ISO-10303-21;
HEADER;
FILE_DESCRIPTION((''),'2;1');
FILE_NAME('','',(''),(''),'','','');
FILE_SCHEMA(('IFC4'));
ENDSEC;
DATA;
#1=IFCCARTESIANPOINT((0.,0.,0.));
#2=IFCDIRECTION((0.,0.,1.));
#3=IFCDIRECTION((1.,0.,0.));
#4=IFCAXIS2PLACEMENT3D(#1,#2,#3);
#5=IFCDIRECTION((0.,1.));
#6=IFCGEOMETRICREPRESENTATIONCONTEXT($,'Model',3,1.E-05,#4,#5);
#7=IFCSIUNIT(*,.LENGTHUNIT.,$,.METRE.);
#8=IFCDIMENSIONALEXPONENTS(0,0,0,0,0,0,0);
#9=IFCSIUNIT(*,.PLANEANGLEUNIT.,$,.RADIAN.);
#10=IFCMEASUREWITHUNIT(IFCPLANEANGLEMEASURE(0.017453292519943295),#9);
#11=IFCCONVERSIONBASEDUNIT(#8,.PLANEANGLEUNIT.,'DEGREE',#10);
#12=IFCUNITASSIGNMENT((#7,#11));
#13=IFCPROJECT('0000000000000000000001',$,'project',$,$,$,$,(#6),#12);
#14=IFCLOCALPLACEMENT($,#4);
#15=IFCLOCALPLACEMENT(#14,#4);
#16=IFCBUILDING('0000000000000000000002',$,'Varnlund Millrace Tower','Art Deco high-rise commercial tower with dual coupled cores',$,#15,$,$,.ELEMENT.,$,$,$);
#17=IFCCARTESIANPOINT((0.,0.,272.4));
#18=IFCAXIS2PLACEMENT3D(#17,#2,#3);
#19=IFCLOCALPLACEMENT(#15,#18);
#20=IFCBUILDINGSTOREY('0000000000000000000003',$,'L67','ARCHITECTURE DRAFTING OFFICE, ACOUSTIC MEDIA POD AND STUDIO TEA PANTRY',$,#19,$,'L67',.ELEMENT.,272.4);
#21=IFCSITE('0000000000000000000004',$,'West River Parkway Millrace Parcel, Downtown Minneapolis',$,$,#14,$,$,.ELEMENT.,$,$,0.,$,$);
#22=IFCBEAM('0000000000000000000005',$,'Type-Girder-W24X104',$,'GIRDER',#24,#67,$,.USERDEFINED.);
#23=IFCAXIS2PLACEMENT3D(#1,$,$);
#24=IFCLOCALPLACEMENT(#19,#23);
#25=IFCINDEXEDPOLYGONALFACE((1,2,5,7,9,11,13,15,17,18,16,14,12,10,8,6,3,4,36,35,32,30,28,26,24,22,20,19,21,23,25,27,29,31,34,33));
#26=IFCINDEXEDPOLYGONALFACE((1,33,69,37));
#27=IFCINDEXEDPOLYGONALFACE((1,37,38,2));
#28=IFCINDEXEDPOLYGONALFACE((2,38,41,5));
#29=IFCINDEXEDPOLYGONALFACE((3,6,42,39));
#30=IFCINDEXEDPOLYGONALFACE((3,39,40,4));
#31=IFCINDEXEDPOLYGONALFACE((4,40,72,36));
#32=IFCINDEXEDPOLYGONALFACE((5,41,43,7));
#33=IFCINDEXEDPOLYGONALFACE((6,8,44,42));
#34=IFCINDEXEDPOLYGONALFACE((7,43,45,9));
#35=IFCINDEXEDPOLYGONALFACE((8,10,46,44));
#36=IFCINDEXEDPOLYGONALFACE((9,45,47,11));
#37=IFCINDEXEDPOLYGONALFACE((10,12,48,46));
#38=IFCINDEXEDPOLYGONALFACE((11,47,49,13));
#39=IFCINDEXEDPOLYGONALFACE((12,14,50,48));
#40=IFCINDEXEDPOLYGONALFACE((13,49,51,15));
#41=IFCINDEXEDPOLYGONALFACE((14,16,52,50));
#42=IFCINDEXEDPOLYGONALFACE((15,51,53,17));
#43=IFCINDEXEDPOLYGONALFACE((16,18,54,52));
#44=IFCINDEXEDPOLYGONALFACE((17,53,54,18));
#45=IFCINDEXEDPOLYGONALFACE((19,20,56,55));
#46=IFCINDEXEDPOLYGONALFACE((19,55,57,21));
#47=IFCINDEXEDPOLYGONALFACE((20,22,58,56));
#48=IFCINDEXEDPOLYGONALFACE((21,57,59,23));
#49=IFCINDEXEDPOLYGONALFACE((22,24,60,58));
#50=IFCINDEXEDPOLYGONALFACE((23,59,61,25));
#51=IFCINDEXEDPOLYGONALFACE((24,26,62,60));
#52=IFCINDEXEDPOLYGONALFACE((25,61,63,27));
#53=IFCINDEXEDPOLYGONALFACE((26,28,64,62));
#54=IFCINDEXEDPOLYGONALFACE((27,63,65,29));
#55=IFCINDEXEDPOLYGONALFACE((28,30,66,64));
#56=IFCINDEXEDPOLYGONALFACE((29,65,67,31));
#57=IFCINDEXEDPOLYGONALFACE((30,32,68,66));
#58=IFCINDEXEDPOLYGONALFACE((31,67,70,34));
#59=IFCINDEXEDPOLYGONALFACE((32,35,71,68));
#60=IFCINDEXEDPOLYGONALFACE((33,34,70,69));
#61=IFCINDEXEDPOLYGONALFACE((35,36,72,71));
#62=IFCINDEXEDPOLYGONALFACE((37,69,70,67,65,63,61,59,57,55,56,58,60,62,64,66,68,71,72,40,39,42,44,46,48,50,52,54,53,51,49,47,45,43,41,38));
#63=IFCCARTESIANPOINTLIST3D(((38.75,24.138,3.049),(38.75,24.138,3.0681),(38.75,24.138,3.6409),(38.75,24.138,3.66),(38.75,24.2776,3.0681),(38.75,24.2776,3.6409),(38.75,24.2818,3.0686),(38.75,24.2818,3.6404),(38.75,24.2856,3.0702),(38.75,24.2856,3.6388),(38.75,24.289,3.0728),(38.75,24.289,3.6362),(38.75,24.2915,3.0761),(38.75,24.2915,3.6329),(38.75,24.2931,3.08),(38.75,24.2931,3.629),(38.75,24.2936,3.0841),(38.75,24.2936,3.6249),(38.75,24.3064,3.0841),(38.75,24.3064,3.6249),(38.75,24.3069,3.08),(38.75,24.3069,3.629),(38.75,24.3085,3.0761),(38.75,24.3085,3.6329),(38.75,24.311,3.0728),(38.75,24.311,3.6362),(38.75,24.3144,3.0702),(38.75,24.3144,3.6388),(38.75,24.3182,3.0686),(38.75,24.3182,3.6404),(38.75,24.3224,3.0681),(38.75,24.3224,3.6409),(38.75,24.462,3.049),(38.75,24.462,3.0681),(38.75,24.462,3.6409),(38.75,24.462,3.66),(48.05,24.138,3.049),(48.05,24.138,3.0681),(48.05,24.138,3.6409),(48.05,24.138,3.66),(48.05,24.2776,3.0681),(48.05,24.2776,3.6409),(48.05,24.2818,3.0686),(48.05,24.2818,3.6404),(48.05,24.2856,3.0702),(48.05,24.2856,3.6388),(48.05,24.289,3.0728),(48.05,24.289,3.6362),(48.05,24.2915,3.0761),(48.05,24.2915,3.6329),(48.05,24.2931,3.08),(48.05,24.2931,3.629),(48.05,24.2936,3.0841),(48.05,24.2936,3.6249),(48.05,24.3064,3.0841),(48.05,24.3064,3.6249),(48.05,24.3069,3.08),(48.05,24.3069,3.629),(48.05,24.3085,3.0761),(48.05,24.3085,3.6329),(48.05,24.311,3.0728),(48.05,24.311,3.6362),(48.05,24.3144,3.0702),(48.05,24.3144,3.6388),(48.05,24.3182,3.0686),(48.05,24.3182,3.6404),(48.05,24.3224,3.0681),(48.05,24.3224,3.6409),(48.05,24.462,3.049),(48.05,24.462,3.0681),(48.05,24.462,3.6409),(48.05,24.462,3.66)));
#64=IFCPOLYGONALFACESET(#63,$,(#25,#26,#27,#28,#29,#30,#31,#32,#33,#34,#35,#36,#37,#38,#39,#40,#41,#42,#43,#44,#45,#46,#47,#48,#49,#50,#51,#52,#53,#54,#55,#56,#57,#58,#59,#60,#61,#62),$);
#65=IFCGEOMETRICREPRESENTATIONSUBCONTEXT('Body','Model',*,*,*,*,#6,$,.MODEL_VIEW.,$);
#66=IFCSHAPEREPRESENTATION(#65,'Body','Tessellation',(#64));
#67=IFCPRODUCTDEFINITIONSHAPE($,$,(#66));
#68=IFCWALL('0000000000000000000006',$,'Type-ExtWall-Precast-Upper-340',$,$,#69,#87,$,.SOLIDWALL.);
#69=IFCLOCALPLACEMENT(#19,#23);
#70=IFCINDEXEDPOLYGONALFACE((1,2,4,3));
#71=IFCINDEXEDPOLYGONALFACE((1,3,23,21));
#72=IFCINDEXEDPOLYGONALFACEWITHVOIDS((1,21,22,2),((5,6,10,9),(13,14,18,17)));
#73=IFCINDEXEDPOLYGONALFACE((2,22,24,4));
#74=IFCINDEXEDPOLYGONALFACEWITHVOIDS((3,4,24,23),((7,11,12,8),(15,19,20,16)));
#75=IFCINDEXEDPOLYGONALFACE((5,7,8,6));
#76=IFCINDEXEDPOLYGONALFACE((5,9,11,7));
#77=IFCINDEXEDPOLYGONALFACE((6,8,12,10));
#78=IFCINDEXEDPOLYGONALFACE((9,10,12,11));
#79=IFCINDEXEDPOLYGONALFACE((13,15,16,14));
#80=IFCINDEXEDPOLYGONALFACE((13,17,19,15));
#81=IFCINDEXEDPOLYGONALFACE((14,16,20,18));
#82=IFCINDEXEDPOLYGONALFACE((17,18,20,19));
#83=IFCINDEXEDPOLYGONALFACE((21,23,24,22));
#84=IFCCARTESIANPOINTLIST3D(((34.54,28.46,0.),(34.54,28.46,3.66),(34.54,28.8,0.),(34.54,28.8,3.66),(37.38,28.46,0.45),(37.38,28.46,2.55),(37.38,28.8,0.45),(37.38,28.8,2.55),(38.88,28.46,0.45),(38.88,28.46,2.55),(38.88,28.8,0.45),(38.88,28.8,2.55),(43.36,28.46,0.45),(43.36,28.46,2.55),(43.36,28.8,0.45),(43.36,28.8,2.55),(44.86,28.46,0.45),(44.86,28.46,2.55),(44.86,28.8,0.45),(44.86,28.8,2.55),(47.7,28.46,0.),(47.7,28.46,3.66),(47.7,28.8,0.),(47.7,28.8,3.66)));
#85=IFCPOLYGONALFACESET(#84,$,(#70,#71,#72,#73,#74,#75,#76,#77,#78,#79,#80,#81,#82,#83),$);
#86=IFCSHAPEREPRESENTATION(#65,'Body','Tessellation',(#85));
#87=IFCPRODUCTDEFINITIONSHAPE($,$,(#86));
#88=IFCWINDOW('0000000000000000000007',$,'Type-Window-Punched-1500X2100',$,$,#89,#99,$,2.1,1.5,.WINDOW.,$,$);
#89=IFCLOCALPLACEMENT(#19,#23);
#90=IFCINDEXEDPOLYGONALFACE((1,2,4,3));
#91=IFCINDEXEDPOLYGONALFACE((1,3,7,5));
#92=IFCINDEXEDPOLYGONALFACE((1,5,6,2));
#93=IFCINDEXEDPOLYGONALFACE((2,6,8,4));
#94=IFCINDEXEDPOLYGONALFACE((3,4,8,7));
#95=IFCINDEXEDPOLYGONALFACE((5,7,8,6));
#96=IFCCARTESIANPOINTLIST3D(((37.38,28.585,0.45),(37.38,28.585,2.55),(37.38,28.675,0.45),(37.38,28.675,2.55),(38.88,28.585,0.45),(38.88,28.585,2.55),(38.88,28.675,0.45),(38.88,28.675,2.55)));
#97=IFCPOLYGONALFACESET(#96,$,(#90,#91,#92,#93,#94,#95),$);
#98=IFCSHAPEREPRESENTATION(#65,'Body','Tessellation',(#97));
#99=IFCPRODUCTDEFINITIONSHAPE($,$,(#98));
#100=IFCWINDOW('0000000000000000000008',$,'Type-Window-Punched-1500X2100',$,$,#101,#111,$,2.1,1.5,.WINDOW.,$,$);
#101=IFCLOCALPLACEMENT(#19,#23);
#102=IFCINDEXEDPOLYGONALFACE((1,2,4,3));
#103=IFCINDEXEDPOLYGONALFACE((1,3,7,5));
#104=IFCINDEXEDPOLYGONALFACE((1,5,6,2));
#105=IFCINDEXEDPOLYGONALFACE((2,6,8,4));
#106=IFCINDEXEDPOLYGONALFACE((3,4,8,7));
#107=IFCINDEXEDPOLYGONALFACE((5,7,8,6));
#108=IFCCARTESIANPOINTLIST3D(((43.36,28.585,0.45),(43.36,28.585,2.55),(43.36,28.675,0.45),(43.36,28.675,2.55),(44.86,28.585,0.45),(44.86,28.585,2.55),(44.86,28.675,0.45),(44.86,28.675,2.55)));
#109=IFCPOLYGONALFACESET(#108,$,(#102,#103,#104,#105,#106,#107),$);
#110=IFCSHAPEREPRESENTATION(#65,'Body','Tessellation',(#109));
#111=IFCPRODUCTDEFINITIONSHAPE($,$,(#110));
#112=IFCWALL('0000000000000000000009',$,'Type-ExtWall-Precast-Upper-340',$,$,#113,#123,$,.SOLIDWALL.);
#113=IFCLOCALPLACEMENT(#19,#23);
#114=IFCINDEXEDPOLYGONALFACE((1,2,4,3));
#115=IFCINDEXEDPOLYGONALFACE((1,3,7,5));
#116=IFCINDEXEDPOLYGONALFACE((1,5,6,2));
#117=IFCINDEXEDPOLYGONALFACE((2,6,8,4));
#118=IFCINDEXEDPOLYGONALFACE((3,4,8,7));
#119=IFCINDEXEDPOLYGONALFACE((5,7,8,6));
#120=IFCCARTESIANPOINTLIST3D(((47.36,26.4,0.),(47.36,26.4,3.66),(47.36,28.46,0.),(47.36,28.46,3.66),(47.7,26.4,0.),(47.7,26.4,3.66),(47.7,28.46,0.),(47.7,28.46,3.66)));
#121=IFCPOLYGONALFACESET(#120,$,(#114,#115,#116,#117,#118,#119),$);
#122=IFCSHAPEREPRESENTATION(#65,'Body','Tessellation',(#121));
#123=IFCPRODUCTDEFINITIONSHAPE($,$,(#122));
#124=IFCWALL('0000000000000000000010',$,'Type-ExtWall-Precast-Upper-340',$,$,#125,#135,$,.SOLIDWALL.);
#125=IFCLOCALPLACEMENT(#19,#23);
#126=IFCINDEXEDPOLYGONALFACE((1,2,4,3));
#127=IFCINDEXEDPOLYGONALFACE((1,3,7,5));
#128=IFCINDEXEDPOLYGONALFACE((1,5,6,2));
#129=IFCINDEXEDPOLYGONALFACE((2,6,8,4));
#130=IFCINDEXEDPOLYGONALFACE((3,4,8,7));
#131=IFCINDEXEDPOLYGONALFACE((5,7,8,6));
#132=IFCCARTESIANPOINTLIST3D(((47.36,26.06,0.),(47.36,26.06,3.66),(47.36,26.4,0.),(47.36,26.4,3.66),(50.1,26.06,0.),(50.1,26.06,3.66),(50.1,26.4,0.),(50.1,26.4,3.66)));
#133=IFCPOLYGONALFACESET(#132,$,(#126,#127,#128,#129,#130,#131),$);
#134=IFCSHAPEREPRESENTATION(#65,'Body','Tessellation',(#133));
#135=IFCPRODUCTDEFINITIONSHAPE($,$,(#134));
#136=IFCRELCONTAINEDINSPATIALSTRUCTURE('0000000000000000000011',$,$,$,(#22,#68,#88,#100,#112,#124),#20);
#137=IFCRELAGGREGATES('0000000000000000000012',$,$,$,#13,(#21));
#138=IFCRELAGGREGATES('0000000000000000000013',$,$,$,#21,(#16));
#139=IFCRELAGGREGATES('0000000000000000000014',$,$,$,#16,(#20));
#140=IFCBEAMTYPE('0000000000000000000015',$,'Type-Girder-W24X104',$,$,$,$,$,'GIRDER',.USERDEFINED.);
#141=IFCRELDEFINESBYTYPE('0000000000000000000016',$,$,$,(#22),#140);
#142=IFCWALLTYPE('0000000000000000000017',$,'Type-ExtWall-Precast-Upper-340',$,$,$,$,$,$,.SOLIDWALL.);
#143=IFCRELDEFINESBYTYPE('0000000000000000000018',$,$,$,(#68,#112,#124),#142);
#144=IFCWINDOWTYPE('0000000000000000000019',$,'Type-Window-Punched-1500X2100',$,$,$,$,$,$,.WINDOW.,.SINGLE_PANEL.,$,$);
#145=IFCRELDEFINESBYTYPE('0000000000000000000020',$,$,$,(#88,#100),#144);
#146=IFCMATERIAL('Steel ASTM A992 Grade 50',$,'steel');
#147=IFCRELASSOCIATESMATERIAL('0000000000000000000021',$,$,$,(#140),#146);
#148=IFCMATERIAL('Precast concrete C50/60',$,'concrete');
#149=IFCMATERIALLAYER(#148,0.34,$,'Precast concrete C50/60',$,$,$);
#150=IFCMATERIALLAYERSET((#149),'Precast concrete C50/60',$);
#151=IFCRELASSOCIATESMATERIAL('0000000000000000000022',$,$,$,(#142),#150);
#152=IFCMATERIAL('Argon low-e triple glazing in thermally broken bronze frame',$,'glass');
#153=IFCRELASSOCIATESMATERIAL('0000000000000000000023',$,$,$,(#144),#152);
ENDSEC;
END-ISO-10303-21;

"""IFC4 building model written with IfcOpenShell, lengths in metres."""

from ifc_helpers import new_model, entity, si_unit, converted_unit, direction, frame, origin_with_axes, origin_2d_with_axis, place, context, subcontext, project, spatial, polyline, rectangle, i_section, outline, extrude, material, layer, layer_set, material_profile, profile_set, type_object, element, fill, save


model = new_model("IFC4")

# Units and contexts
model_context = context("Model", 3, precision=1e-05, world=origin_with_axes(), true_north=direction((0.0, 1.0)))
body_context = subcontext(model_context, "Body", "Model", "MODEL_VIEW")
ifc_project = project(units=[si_unit("LENGTHUNIT", "METRE"), converted_unit("PLANEANGLEUNIT", "DEGREE", entity("IfcPlaneAngleMeasure", 0.017453292519943295), si_unit("PLANEANGLEUNIT", "RADIAN"), dimensions=[0, 0, 0, 0, 0, 0, 0])], contexts=[model_context])

# Site, building, storey
site_placement = place(None, origin_with_axes())
site = spatial("IfcSite", under=ifc_project, at=site_placement, Name="West River Parkway Millrace Parcel, Downtown Minneapolis", CompositionType="ELEMENT", RefElevation=0.0)
building_placement = place(site_placement, origin_with_axes())
building = spatial("IfcBuilding", under=site, at=building_placement, Name="Varnlund Millrace Tower", Description="Art Deco high-rise commercial tower with dual coupled cores", CompositionType="ELEMENT")
storey_placement = place(building_placement, frame((0.0, 0.0, 272.4), z_axis=(0.0, 0.0, 1.0), x_axis=(1.0, 0.0, 0.0)))
storey = spatial("IfcBuildingStorey", under=building, at=storey_placement, Name="L67", Description="ARCHITECTURE DRAFTING OFFICE, ACOUSTIC MEDIA POD AND STUDIO TEA PANTRY", LongName="L67", CompositionType="ELEMENT", Elevation=272.4)

# Beam
ifc_material_1 = material(Name="Steel ASTM A992 Grade 50", Category="steel")
ifc_material_profile = material_profile(ifc_material_1, i_section(OverallWidth=0.324, OverallDepth=0.611, WebThickness=0.0127, FlangeThickness=0.0191, FilletRadius=0.016, at=origin_2d_with_axis()), Name="Steel ASTM A992 Grade 50")
ifc_profile_set = profile_set([ifc_material_profile], Name="Steel ASTM A992 Grade 50")
beam_type = type_object("IfcBeamType", Name="Type-Girder-W24X104", ElementType="GIRDER", PredefinedType="USERDEFINED", material=ifc_profile_set)
beam_placement = place(storey_placement, frame((38.75, 24.3, 3.3545), z_axis=(1.0, 0.0, 0.0), x_axis=(0.0, 1.0, 0.0)))
element("IfcBeam", 1, at=beam_placement, inside=storey, type_object=beam_type, Name="Type-Girder-W24X104", ObjectType="GIRDER", PredefinedType="USERDEFINED", context=body_context, shape_type="SweptSolid", body=[
    extrude(i_section(OverallWidth=0.324, OverallDepth=0.611, WebThickness=0.0127, FlangeThickness=0.0191, FilletRadius=0.016, at=origin_2d_with_axis()), origin_with_axes(), (0.0, 0.0, 1.0), 9.3),
])

# Wall, openings, windows
ifc_material_2 = material(Name="Precast concrete C50/60", Category="concrete")
ifc_layer_1 = layer(ifc_material_2, 0.34, Name="Precast concrete C50/60")
ifc_layer_set_1 = layer_set([ifc_layer_1], Name="Precast concrete C50/60")
wall_type_1 = type_object("IfcWallType", Name="Type-ExtWall-Precast-Upper-340", PredefinedType="SOLIDWALL", material=ifc_layer_set_1)
wall_1_placement = place(storey_placement, frame((34.54, 28.63, 0.0), z_axis=(0.0, 0.0, 1.0), x_axis=(1.0, 0.0, 0.0)))
wall_1 = element("IfcWall", 2, at=wall_1_placement, inside=storey, type_object=wall_type_1, Name="Type-ExtWall-Precast-Upper-340", PredefinedType="SOLIDWALL", context=body_context, shape_type="SweptSolid", body=[
    extrude(outline(polyline([(0.0, -0.17), (13.16, -0.17), (13.16, 0.17), (0.0, 0.17), (0.0, -0.17)])), origin_with_axes(), (0.0, 0.0, 1.0), 3.66),
])
opening_1_placement = place(wall_1_placement, frame((3.59, 0.0, 0.45), z_axis=(0.0, 0.0, 1.0), x_axis=(1.0, 0.0, 0.0)))
opening_1 = element("IfcOpeningElement", 3, at=opening_1_placement, cuts=wall_1, PredefinedType="OPENING", context=body_context, shape_type="SweptSolid", body=[
    extrude(rectangle(XDim=1.5, YDim=0.36, at=origin_2d_with_axis()), origin_with_axes(), (0.0, 0.0, 1.0), 2.1),
])
opening_2_placement = place(wall_1_placement, frame((9.57, 0.0, 0.45), z_axis=(0.0, 0.0, 1.0), x_axis=(1.0, 0.0, 0.0)))
opening_2 = element("IfcOpeningElement", 4, at=opening_2_placement, cuts=wall_1, PredefinedType="OPENING", context=body_context, shape_type="SweptSolid", body=[
    extrude(rectangle(XDim=1.5, YDim=0.36, at=origin_2d_with_axis()), origin_with_axes(), (0.0, 0.0, 1.0), 2.1),
])
ifc_material_3 = material(Name="Argon low-e triple glazing in thermally broken bronze frame", Category="glass")
window_type = type_object("IfcWindowType", Name="Type-Window-Punched-1500X2100", PartitioningType="SINGLE_PANEL", PredefinedType="WINDOW", material=ifc_material_3)
window_1_placement = place(wall_1_placement, frame((3.59, 0.0, 0.45), z_axis=(0.0, 0.0, 1.0), x_axis=(1.0, 0.0, 0.0)))
window_1 = element("IfcWindow", 5, at=window_1_placement, inside=storey, type_object=window_type, Name="Type-Window-Punched-1500X2100", OverallHeight=2.1, OverallWidth=1.5, PredefinedType="WINDOW", context=body_context, shape_type="SweptSolid", body=[
    extrude(rectangle(XDim=1.5, YDim=0.09, at=origin_2d_with_axis()), origin_with_axes(), (0.0, 0.0, 1.0), 2.1),
])
fill(opening_1, window_1)
window_2_placement = place(wall_1_placement, frame((9.57, 0.0, 0.45), z_axis=(0.0, 0.0, 1.0), x_axis=(1.0, 0.0, 0.0)))
window_2 = element("IfcWindow", 6, at=window_2_placement, inside=storey, type_object=window_type, Name="Type-Window-Punched-1500X2100", OverallHeight=2.1, OverallWidth=1.5, PredefinedType="WINDOW", context=body_context, shape_type="SweptSolid", body=[
    extrude(rectangle(XDim=1.5, YDim=0.09, at=origin_2d_with_axis()), origin_with_axes(), (0.0, 0.0, 1.0), 2.1),
])
fill(opening_2, window_2)

# Walls
wall_2_placement = place(storey_placement, frame((47.53, 28.46, 0.0), z_axis=(0.0, 0.0, 1.0), x_axis=(0.0, -1.0, 0.0)))
element("IfcWall", 7, at=wall_2_placement, inside=storey, type_object=wall_type_1, Name="Type-ExtWall-Precast-Upper-340", PredefinedType="SOLIDWALL", context=body_context, shape_type="SweptSolid", body=[
    extrude(outline(polyline([(0.0, -0.17), (2.06, -0.17), (2.06, 0.17), (0.0, 0.17), (0.0, -0.17)])), origin_with_axes(), (0.0, 0.0, 1.0), 3.66),
])
wall_3_placement = place(storey_placement, frame((47.36, 26.23, 0.0), z_axis=(0.0, 0.0, 1.0), x_axis=(1.0, 0.0, 0.0)))
element("IfcWall", 8, at=wall_3_placement, inside=storey, type_object=wall_type_1, Name="Type-ExtWall-Precast-Upper-340", PredefinedType="SOLIDWALL", context=body_context, shape_type="SweptSolid", body=[
    extrude(outline(polyline([(0.0, -0.17), (2.74, -0.17), (2.74, 0.17), (0.0, 0.17), (0.0, -0.17)])), origin_with_axes(), (0.0, 0.0, 1.0), 3.66),
])

save(model, "model.ifc")
